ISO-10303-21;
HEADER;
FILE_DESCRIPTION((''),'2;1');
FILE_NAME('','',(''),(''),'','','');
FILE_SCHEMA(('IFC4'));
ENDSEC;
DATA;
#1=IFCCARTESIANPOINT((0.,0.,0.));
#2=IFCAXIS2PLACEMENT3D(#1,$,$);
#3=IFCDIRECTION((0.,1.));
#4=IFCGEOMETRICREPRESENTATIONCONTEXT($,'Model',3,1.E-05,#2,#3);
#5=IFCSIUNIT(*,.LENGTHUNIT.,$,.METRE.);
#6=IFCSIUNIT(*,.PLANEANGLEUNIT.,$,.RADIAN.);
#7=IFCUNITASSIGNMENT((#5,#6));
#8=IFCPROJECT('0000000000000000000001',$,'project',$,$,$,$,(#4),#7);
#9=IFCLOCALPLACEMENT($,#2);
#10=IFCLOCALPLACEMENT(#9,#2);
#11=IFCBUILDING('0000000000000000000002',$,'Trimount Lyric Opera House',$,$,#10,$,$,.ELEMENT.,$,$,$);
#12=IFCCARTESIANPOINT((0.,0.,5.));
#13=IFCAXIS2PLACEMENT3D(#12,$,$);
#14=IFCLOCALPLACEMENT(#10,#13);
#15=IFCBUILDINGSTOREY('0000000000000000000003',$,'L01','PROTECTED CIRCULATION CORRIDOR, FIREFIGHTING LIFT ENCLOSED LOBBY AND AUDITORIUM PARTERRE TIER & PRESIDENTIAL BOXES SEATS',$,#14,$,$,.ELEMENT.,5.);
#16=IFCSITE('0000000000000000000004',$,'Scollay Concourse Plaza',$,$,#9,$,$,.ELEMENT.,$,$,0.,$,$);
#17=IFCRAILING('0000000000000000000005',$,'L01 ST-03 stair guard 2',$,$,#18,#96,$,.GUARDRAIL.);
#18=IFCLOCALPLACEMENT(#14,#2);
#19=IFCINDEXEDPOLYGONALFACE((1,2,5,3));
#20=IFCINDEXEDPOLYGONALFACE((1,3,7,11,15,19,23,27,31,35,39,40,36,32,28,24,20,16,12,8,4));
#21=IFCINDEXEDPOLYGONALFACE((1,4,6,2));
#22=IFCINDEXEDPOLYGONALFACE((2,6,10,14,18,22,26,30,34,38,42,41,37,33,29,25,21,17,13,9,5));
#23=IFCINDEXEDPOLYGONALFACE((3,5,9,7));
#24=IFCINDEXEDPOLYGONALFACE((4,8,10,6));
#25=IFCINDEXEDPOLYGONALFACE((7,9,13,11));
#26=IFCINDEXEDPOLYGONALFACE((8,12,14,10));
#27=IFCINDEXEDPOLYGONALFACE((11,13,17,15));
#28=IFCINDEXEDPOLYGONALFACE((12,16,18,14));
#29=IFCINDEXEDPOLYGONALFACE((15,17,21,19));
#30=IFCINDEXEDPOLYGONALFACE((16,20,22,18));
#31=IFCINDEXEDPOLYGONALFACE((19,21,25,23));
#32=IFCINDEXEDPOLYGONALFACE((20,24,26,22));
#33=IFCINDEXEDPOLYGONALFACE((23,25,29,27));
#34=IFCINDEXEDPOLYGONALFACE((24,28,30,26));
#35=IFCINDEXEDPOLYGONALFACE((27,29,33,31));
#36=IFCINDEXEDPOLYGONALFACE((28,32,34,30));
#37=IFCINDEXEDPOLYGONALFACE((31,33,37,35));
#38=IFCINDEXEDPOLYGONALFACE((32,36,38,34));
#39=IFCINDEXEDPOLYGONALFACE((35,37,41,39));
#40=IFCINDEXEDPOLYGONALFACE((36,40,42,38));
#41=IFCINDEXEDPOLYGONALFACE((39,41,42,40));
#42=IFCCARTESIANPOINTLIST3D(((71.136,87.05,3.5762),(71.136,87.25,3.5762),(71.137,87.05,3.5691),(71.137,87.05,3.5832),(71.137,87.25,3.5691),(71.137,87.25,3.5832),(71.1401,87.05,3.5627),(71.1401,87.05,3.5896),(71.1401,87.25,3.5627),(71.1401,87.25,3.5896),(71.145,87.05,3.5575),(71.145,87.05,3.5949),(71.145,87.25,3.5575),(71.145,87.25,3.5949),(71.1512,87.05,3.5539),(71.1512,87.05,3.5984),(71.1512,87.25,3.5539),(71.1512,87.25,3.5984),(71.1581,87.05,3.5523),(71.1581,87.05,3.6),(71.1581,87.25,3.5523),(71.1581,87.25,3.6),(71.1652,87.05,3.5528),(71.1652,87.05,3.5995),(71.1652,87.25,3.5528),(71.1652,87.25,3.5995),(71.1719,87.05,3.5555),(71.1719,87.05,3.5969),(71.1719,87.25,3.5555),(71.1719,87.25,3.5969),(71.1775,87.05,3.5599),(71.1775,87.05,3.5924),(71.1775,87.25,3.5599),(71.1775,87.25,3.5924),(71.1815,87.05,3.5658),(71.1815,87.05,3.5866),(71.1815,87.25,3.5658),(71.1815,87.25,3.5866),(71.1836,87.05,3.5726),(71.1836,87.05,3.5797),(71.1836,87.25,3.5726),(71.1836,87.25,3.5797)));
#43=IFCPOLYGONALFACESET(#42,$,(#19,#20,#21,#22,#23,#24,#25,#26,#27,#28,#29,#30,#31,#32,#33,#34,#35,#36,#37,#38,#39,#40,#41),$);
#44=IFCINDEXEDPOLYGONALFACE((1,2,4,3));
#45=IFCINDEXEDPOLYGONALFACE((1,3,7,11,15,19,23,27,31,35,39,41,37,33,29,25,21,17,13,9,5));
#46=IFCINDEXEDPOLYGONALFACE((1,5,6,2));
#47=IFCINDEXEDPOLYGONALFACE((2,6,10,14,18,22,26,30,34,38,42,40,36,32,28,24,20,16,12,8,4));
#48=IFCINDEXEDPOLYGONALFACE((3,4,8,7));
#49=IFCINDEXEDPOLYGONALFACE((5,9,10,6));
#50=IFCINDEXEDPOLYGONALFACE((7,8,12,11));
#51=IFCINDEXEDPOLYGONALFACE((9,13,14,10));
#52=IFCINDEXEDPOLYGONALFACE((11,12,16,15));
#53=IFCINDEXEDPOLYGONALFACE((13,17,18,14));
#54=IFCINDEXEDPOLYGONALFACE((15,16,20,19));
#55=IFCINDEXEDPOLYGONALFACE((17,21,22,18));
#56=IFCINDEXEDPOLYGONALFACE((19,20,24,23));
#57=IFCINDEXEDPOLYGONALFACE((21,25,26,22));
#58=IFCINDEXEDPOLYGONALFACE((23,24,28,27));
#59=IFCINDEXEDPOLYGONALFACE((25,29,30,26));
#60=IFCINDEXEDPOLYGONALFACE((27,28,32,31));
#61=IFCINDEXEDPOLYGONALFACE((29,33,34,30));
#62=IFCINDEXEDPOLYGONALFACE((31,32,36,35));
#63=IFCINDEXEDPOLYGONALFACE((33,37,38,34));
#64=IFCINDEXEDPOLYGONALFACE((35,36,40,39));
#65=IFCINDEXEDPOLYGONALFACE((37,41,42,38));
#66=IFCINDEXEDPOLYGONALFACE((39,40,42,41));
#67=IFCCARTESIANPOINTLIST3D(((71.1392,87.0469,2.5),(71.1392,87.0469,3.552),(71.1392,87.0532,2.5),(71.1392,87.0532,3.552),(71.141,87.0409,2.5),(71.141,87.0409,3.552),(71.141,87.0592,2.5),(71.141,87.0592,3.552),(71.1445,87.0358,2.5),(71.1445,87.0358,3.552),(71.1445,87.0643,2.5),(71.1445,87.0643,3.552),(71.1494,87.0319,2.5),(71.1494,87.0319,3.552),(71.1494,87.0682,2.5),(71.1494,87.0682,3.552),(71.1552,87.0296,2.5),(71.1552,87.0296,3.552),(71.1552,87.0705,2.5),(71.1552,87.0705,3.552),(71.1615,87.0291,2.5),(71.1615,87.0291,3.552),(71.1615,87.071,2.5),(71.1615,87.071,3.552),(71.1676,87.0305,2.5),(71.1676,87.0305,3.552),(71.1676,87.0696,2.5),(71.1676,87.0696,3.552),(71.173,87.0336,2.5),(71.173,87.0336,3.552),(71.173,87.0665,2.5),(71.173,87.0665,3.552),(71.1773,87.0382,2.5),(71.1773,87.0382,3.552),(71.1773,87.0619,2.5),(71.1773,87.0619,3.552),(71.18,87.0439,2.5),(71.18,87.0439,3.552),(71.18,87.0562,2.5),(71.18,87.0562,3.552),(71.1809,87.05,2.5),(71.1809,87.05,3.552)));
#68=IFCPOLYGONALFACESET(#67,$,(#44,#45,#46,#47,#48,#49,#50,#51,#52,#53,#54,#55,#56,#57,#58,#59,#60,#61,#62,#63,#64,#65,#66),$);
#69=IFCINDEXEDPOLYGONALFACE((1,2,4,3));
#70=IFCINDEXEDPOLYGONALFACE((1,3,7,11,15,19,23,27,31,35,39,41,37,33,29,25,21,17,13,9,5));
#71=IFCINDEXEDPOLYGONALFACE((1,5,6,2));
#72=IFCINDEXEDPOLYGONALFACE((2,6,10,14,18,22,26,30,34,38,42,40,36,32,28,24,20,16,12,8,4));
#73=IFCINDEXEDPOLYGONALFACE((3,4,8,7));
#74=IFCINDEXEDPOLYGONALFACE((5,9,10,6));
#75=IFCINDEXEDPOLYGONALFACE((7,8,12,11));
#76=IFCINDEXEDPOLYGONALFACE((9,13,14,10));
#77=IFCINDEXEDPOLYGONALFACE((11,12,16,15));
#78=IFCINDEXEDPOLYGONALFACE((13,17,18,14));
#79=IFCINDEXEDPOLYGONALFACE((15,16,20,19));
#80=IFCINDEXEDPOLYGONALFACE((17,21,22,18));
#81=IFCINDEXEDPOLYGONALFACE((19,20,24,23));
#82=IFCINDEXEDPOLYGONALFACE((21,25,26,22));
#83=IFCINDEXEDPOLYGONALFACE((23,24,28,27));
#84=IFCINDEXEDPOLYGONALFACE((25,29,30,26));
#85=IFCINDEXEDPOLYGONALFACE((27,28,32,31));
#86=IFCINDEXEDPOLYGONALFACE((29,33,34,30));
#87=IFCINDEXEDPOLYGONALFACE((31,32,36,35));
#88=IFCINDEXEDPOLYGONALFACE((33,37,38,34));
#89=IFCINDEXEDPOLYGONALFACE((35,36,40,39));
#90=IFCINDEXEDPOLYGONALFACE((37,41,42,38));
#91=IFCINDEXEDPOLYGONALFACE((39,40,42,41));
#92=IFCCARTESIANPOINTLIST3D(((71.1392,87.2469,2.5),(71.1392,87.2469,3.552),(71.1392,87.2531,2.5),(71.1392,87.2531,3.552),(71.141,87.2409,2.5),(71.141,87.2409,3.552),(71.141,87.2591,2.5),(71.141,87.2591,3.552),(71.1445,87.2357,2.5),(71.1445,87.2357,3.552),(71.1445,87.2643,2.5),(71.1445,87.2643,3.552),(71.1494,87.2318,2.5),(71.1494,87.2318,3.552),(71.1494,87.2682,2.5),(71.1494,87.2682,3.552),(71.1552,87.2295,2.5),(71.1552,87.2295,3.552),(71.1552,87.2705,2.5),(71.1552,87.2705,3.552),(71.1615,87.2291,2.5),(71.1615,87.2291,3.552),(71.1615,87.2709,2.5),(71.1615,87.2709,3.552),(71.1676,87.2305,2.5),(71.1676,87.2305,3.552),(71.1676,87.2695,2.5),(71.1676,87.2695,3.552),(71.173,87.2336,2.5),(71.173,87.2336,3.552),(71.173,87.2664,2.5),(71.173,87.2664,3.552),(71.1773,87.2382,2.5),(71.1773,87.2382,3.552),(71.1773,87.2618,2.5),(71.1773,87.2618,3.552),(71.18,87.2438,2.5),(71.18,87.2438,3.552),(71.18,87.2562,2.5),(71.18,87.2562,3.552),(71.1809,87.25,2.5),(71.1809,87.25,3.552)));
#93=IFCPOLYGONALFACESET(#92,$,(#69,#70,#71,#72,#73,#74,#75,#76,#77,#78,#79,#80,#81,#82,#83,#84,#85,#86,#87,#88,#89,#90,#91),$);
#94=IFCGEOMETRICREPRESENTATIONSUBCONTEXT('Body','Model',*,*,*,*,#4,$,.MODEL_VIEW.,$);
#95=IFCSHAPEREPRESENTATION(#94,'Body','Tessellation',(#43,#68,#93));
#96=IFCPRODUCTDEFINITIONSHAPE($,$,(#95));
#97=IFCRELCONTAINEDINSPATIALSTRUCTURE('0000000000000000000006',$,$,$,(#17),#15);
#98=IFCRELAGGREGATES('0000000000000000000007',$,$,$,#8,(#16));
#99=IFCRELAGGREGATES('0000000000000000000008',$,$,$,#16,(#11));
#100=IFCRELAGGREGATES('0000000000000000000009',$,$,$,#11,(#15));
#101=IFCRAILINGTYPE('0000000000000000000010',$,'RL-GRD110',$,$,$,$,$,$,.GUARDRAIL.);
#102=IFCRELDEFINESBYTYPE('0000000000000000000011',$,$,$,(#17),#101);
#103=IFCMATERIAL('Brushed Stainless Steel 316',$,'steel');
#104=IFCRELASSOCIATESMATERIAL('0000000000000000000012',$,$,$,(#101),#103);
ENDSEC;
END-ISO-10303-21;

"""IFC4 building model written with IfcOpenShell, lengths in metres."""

from ifc_helpers import new_model, si_unit, direction, frame, origin, origin_2d, place, context, subcontext, project, spatial, circle, extrude, material, type_object, element, save


model = new_model("IFC4")

# Units and contexts
model_context = context("Model", 3, precision=1e-05, world=origin(), true_north=direction((0.0, 1.0)))
body_context = subcontext(model_context, "Body", "Model", "MODEL_VIEW")
ifc_project = project(units=[si_unit("LENGTHUNIT", "METRE"), si_unit("PLANEANGLEUNIT", "RADIAN")], contexts=[model_context])

# Site, building, storey
site_placement = place(None, origin())
site = spatial("IfcSite", under=ifc_project, at=site_placement, Name="Scollay Concourse Plaza", CompositionType="ELEMENT", RefElevation=0.0)
building_placement = place(site_placement, origin())
building = spatial("IfcBuilding", under=site, at=building_placement, Name="Trimount Lyric Opera House", CompositionType="ELEMENT")
storey_placement = place(building_placement, frame((0.0, 0.0, 5.0)))
storey = spatial("IfcBuildingStorey", under=building, at=storey_placement, Name="L01", Description="PROTECTED CIRCULATION CORRIDOR, FIREFIGHTING LIFT ENCLOSED LOBBY AND AUDITORIUM PARTERRE TIER & PRESIDENTIAL BOXES SEATS", CompositionType="ELEMENT", Elevation=5.0)

# Railing
ifc_material_1 = material(Name="Brushed Stainless Steel 316", Category="steel")
railing_type_1 = type_object("IfcRailingType", Name="RL-GRD110", PredefinedType="GUARDRAIL", material=ifc_material_1)
railing_1_placement = place(storey_placement, frame((71.1599, 87.05, 2.5)))
element("IfcRailing", 1, at=railing_1_placement, inside=storey, type_object=railing_type_1, Name="L01 ST-03 stair guard 2", PredefinedType="GUARDRAIL", context=body_context, shape_type="SweptSolid", body=[
    extrude(circle(Radius=0.0239, at=origin_2d()), frame((0.0, 0.0, 1.0762), z_axis=(0.0, 1.0, 0.0), x_axis=(-1.0, 0.0, 0.0)), (0.0, 0.0, 1.0), 0.2),
    extrude(circle(Radius=0.021, at=origin_2d()), origin(), (0.0, 0.0, 1.0), 1.052),
    extrude(circle(Radius=0.021, at=origin_2d()), frame((0.0, 0.2, 0.0)), (0.0, 0.0, 1.0), 1.052),
])

save(model, "model.ifc")
